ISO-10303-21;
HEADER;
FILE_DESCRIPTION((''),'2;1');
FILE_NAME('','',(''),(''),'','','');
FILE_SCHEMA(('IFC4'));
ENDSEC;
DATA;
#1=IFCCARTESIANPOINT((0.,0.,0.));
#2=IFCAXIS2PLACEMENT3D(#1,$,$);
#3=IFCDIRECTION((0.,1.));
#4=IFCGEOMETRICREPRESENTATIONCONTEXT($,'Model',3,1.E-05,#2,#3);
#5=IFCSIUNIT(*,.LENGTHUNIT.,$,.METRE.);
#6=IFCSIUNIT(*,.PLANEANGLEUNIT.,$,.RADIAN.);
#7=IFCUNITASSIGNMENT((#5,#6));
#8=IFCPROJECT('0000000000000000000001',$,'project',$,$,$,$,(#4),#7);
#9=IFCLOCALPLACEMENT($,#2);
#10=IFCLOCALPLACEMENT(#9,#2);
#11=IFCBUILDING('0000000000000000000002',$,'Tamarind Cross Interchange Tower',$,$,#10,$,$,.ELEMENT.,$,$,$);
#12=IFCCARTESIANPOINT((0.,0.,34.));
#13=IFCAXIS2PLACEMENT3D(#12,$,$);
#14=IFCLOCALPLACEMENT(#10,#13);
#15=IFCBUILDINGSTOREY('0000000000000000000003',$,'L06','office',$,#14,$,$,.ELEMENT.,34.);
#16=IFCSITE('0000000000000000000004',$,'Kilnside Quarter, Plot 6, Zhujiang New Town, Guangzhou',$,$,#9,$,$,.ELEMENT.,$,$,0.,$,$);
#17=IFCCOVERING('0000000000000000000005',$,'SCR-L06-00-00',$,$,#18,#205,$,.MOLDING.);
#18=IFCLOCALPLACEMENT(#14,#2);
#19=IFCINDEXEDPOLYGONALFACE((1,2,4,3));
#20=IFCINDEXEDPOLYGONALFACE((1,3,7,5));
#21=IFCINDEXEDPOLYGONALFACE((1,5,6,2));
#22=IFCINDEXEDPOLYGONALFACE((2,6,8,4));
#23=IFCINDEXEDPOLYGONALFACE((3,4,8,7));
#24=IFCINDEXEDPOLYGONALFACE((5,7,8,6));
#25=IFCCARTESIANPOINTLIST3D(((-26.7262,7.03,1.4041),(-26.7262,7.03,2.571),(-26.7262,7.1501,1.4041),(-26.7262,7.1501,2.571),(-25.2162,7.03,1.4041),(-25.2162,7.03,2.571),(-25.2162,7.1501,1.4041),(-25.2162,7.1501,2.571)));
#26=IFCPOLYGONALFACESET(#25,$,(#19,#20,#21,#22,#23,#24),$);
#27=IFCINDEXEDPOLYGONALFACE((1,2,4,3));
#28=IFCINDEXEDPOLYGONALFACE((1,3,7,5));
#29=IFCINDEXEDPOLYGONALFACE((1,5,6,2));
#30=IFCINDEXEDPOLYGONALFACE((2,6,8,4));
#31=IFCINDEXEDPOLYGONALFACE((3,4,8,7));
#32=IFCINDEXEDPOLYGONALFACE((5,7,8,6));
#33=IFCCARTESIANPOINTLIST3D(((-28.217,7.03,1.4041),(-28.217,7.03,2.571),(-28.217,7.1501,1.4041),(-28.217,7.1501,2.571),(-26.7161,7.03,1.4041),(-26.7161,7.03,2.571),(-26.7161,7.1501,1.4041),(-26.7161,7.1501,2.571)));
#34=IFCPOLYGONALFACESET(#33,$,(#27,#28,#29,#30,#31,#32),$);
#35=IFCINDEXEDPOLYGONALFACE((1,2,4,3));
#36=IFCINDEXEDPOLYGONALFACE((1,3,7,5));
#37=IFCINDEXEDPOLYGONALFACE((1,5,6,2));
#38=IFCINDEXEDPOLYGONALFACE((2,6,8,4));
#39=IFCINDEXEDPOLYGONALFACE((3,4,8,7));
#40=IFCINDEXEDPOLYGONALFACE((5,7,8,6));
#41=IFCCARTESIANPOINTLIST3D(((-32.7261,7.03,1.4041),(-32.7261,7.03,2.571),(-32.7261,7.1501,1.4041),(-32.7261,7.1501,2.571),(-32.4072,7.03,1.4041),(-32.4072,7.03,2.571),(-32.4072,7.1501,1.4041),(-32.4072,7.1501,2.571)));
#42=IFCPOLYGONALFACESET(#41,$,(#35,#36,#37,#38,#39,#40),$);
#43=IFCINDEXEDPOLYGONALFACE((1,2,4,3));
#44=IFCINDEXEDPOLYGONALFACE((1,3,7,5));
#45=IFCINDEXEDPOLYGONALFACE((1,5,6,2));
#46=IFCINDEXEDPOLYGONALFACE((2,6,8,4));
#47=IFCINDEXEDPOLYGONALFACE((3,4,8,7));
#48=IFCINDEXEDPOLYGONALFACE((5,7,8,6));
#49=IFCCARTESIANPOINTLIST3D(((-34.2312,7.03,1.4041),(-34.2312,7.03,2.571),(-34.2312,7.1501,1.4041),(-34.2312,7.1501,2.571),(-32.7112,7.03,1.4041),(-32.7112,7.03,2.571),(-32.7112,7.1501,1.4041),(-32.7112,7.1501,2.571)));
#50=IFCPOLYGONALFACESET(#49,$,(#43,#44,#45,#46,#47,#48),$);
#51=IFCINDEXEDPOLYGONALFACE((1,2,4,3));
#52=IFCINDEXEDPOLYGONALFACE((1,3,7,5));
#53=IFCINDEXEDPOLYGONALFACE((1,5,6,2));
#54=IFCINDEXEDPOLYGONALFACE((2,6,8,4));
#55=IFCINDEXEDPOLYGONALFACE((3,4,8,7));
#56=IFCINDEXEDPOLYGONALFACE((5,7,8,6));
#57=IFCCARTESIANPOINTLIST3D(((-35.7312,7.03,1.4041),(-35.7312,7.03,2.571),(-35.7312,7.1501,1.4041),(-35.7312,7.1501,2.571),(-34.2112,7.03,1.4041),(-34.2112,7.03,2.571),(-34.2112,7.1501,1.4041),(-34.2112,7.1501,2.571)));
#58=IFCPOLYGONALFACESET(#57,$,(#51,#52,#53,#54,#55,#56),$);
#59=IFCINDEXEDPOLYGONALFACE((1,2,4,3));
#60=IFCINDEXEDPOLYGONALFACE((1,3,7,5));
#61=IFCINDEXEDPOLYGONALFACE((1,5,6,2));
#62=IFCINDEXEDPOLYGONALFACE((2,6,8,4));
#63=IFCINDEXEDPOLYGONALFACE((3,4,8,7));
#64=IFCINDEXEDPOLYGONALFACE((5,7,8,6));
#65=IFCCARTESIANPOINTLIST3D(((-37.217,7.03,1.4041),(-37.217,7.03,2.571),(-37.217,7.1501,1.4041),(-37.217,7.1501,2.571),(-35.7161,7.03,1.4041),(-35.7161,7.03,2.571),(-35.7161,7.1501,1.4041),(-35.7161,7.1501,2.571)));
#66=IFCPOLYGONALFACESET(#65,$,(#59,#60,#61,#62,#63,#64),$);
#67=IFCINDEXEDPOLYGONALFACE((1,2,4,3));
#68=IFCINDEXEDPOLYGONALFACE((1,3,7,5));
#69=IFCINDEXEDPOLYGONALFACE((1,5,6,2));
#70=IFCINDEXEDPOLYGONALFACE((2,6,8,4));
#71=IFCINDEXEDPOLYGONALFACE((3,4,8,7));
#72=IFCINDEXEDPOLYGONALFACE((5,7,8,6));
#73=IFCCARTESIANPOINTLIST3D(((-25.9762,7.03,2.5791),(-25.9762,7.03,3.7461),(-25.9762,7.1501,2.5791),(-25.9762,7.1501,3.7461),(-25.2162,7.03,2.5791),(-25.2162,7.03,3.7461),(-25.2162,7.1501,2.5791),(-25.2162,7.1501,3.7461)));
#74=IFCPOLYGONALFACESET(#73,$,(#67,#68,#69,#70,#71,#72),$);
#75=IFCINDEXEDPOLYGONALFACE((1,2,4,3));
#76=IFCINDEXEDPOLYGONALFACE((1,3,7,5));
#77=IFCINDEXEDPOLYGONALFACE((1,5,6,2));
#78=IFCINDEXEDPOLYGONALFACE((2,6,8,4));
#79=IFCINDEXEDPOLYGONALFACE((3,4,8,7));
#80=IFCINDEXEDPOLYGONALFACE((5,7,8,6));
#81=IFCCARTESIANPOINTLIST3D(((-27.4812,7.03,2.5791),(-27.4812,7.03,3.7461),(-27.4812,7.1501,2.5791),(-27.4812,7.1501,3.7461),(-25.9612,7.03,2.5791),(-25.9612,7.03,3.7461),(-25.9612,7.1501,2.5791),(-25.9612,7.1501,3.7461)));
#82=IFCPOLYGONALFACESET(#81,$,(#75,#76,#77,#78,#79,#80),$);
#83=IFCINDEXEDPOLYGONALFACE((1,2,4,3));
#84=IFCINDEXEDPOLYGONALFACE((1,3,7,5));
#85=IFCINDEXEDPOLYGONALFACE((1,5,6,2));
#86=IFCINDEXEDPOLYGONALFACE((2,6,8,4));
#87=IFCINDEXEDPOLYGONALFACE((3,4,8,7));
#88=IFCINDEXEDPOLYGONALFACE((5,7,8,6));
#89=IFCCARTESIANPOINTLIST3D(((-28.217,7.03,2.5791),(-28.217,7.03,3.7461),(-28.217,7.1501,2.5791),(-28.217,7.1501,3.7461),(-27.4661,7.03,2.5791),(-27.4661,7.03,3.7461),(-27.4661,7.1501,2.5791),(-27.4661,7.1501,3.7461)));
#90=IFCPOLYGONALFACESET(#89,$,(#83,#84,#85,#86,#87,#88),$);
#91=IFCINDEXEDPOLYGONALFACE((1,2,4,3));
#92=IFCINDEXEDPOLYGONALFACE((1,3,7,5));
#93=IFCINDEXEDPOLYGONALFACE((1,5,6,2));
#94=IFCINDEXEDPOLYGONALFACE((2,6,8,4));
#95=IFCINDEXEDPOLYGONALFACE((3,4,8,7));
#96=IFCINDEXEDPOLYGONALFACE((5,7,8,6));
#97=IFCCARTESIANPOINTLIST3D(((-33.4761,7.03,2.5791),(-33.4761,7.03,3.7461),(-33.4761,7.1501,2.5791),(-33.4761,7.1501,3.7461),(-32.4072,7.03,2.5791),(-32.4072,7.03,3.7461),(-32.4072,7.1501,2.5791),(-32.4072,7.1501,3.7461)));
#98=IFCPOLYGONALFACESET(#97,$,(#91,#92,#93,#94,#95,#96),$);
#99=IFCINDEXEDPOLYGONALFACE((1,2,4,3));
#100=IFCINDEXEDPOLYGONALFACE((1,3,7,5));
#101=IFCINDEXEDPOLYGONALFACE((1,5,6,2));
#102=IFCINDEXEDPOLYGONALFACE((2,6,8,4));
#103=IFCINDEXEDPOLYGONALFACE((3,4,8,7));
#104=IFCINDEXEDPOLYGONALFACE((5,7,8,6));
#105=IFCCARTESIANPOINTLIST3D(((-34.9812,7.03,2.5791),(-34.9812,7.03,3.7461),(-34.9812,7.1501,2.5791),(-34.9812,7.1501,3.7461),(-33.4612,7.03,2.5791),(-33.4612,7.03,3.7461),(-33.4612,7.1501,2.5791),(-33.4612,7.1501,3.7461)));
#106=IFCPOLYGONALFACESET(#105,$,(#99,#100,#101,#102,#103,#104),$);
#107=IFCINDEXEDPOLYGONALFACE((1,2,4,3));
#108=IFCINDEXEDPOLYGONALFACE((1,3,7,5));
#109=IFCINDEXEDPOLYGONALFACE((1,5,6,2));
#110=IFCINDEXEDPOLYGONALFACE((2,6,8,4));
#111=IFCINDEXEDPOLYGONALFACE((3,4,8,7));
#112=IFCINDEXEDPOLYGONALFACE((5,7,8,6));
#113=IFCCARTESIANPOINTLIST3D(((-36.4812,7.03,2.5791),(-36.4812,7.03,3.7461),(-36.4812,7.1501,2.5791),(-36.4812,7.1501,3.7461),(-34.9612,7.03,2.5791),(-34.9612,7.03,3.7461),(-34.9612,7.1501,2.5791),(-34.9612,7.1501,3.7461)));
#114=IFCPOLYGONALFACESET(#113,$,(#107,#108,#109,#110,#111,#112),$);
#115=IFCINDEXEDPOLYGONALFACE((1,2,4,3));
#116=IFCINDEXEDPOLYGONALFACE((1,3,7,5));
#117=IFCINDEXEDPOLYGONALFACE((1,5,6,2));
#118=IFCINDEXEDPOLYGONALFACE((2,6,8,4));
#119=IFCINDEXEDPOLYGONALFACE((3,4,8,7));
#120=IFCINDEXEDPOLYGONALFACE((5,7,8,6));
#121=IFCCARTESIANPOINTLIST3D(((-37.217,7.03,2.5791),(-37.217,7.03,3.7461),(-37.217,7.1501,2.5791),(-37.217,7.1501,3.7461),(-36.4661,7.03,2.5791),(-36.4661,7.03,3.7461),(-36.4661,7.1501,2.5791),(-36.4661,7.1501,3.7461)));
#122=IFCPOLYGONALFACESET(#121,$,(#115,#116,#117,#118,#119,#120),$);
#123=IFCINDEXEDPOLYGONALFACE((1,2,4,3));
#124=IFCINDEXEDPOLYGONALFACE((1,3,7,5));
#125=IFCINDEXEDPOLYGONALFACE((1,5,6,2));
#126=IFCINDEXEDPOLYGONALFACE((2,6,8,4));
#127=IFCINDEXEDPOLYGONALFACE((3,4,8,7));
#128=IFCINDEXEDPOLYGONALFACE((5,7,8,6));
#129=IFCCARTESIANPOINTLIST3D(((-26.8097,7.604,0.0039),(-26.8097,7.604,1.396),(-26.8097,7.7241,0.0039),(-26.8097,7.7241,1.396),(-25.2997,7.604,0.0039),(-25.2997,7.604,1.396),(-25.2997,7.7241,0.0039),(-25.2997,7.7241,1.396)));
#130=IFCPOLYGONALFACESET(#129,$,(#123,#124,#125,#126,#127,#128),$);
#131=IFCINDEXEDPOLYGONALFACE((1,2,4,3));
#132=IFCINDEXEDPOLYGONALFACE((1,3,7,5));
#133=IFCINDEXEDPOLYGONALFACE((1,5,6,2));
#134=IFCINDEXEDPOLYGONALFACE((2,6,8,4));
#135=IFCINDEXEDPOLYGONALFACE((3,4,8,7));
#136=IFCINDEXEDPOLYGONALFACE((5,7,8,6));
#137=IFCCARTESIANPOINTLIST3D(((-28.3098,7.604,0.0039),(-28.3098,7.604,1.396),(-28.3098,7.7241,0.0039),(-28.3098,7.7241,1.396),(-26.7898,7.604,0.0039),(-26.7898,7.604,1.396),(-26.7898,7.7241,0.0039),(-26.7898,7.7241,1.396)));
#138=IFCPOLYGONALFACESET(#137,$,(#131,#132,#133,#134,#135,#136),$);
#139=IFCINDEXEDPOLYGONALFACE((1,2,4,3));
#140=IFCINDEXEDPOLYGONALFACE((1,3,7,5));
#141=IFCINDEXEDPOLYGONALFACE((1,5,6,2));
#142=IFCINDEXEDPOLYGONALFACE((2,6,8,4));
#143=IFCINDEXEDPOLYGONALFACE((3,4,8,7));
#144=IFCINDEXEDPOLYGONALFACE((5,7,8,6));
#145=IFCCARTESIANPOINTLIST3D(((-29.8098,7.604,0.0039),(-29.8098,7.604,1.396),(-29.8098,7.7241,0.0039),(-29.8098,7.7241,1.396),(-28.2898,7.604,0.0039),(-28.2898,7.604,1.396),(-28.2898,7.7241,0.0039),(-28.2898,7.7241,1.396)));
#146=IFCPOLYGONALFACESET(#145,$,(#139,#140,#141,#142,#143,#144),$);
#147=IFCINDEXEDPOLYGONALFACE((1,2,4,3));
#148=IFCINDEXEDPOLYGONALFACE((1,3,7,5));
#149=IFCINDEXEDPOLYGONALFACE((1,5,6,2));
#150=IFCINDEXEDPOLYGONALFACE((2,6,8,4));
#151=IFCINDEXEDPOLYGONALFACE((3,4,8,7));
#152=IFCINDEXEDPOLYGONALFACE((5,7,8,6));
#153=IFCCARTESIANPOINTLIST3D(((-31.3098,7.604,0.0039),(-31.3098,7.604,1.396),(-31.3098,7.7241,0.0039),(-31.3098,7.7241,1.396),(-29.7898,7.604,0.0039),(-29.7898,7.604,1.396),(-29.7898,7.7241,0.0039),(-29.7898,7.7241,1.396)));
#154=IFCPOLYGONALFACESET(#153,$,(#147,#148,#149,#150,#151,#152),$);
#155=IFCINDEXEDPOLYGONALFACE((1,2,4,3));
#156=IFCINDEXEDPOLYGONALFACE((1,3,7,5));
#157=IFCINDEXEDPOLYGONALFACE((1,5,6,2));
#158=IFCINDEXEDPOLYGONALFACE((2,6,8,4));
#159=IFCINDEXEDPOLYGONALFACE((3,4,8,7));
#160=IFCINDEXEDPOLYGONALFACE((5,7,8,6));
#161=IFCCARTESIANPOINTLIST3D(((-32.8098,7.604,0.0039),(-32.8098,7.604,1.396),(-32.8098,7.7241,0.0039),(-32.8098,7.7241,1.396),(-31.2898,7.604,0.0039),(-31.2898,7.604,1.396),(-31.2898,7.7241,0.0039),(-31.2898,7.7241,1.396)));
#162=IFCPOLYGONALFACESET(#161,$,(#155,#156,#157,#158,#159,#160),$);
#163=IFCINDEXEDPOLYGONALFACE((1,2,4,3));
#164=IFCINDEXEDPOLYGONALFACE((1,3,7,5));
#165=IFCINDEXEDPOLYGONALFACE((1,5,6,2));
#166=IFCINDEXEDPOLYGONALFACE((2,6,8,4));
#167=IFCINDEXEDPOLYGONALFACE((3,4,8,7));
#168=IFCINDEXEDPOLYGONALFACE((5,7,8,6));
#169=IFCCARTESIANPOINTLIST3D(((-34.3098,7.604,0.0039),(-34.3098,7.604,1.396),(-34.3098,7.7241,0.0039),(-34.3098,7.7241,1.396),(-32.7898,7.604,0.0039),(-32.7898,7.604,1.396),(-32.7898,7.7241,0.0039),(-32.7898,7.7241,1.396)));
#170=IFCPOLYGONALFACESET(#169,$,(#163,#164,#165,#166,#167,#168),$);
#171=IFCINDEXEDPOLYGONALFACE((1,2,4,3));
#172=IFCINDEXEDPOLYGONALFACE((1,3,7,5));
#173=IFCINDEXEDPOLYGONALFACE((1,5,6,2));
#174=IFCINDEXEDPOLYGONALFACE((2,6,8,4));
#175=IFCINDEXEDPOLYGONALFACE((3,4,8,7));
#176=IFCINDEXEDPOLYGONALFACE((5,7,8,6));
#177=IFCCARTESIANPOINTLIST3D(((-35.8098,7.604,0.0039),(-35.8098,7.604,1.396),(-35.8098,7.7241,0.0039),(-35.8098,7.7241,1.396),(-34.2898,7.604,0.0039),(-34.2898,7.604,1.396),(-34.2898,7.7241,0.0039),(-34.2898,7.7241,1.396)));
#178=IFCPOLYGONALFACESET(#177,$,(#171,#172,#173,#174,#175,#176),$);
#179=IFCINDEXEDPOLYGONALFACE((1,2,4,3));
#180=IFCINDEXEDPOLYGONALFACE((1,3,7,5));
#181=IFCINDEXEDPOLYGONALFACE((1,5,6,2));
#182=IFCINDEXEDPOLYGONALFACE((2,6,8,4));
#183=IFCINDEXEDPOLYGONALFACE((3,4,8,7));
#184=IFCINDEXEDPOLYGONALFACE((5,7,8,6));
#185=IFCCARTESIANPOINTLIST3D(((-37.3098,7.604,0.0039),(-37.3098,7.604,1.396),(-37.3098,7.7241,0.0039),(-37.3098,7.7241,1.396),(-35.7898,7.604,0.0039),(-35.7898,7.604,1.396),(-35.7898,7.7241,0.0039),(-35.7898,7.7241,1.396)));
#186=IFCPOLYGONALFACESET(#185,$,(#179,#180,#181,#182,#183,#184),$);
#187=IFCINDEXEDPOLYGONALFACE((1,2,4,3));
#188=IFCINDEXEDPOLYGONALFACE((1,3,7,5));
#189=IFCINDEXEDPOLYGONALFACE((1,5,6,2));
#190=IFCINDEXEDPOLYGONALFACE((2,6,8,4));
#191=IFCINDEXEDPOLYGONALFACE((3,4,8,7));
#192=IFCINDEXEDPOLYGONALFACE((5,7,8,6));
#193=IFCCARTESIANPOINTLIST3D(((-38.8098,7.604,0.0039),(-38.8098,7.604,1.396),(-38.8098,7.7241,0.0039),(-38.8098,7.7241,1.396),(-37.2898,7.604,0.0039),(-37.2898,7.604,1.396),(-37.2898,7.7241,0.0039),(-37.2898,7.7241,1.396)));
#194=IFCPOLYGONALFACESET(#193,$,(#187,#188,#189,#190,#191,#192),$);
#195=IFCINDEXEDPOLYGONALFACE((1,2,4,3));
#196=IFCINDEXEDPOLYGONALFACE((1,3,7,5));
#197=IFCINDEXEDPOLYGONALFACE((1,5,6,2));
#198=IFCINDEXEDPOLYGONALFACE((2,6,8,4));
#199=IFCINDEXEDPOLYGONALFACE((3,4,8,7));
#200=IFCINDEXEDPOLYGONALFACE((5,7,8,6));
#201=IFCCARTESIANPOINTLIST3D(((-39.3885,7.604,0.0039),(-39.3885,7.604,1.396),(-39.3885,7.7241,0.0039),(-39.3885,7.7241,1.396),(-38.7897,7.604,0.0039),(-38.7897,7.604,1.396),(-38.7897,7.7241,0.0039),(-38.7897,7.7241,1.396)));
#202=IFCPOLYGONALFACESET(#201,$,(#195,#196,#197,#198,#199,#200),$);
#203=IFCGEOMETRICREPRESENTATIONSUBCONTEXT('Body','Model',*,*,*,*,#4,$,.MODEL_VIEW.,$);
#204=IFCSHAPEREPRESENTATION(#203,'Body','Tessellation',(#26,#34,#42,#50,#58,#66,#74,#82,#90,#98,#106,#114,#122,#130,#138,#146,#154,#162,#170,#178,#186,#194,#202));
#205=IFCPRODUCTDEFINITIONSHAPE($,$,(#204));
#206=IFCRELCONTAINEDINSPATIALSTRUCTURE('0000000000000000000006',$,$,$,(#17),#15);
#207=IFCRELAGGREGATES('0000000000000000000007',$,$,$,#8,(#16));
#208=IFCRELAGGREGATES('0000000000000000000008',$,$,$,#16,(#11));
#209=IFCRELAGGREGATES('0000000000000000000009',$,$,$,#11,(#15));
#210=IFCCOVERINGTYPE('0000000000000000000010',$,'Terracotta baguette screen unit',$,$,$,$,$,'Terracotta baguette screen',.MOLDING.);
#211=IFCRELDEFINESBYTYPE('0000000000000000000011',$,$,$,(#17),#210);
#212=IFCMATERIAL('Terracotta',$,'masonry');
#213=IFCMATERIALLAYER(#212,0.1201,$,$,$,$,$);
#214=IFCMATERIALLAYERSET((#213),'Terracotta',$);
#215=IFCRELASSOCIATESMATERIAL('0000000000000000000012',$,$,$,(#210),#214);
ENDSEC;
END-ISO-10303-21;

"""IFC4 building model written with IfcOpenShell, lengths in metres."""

from ifc_helpers import new_model, si_unit, direction, frame, origin, origin_2d, place, context, subcontext, project, spatial, rectangle, extrude, material, layer, layer_set, type_object, element, save


model = new_model("IFC4")

# Units and contexts
model_context = context("Model", 3, precision=1e-05, world=origin(), true_north=direction((0.0, 1.0)))
body_context = subcontext(model_context, "Body", "Model", "MODEL_VIEW")
ifc_project = project(units=[si_unit("LENGTHUNIT", "METRE"), si_unit("PLANEANGLEUNIT", "RADIAN")], contexts=[model_context])

# Site, building, storey
site_placement = place(None, origin())
site = spatial("IfcSite", under=ifc_project, at=site_placement, Name="Kilnside Quarter, Plot 6, Zhujiang New Town, Guangzhou", CompositionType="ELEMENT", RefElevation=0.0)
building_placement = place(site_placement, origin())
building = spatial("IfcBuilding", under=site, at=building_placement, Name="Tamarind Cross Interchange Tower", CompositionType="ELEMENT")
storey_placement = place(building_placement, frame((0.0, 0.0, 34.0)))
storey = spatial("IfcBuildingStorey", under=building, at=storey_placement, Name="L06", Description="office", CompositionType="ELEMENT", Elevation=34.0)

# Covering
ifc_material_1 = material(Name="Terracotta", Category="masonry")
ifc_layer_1 = layer(ifc_material_1, 0.1201)
ifc_layer_set_1 = layer_set([ifc_layer_1], Name="Terracotta")
covering_type = type_object("IfcCoveringType", Name="Terracotta baguette screen unit", ElementType="Terracotta baguette screen", PredefinedType="MOLDING", material=ifc_layer_set_1)
covering_1_placement = place(storey_placement, origin())
element("IfcCovering", 1, at=covering_1_placement, inside=storey, type_object=covering_type, Name="SCR-L06-00-00", PredefinedType="MOLDING", context=body_context, shape_type="SweptSolid", body=[
    extrude(rectangle(XDim=1.51, YDim=0.1201, at=origin_2d()), frame((-25.9712, 7.0901, 1.4041), z_axis=(0.0, 0.0, 1.0), x_axis=(-1.0, 0.0, 0.0)), (0.0, 0.0, 1.0), 1.167),
    extrude(rectangle(XDim=1.501, YDim=0.1201, at=origin_2d()), frame((-27.4666, 7.0901, 1.4041), z_axis=(0.0, 0.0, 1.0), x_axis=(-1.0, 0.0, 0.0)), (0.0, 0.0, 1.0), 1.167),
    extrude(rectangle(XDim=0.3188, YDim=0.1201, at=origin_2d()), frame((-32.5667, 7.0901, 1.4041), z_axis=(0.0, 0.0, 1.0), x_axis=(-1.0, 0.0, 0.0)), (0.0, 0.0, 1.0), 1.167),
    extrude(rectangle(XDim=1.52, YDim=0.1201, at=origin_2d()), frame((-33.4712, 7.0901, 1.4041), z_axis=(0.0, 0.0, 1.0), x_axis=(-1.0, 0.0, 0.0)), (0.0, 0.0, 1.0), 1.167),
    extrude(rectangle(XDim=1.52, YDim=0.1201, at=origin_2d()), frame((-34.9712, 7.0901, 1.4041), z_axis=(0.0, 0.0, 1.0), x_axis=(-1.0, 0.0, 0.0)), (0.0, 0.0, 1.0), 1.167),
    extrude(rectangle(XDim=1.501, YDim=0.1201, at=origin_2d()), frame((-36.4666, 7.0901, 1.4041), z_axis=(0.0, 0.0, 1.0), x_axis=(-1.0, 0.0, 0.0)), (0.0, 0.0, 1.0), 1.167),
    extrude(rectangle(XDim=0.76, YDim=0.1201, at=origin_2d()), frame((-25.5962, 7.0901, 2.5791), z_axis=(0.0, 0.0, 1.0), x_axis=(-1.0, 0.0, 0.0)), (0.0, 0.0, 1.0), 1.167),
    extrude(rectangle(XDim=1.52, YDim=0.1201, at=origin_2d()), frame((-26.7212, 7.0901, 2.5791), z_axis=(0.0, 0.0, 1.0), x_axis=(-1.0, 0.0, 0.0)), (0.0, 0.0, 1.0), 1.167),
    extrude(rectangle(XDim=0.751, YDim=0.1201, at=origin_2d()), frame((-27.8416, 7.0901, 2.5791), z_axis=(0.0, 0.0, 1.0), x_axis=(-1.0, 0.0, 0.0)), (0.0, 0.0, 1.0), 1.167),
    extrude(rectangle(XDim=1.0688, YDim=0.1201, at=origin_2d()), frame((-32.9417, 7.0901, 2.5791), z_axis=(0.0, 0.0, 1.0), x_axis=(-1.0, 0.0, 0.0)), (0.0, 0.0, 1.0), 1.167),
    extrude(rectangle(XDim=1.52, YDim=0.1201, at=origin_2d()), frame((-34.2212, 7.0901, 2.5791), z_axis=(0.0, 0.0, 1.0), x_axis=(-1.0, 0.0, 0.0)), (0.0, 0.0, 1.0), 1.167),
    extrude(rectangle(XDim=1.52, YDim=0.1201, at=origin_2d()), frame((-35.7212, 7.0901, 2.5791), z_axis=(0.0, 0.0, 1.0), x_axis=(-1.0, 0.0, 0.0)), (0.0, 0.0, 1.0), 1.167),
    extrude(rectangle(XDim=0.751, YDim=0.1201, at=origin_2d()), frame((-36.8416, 7.0901, 2.5791), z_axis=(0.0, 0.0, 1.0), x_axis=(-1.0, 0.0, 0.0)), (0.0, 0.0, 1.0), 1.167),
    extrude(rectangle(XDim=1.51, YDim=0.1201, at=origin_2d()), frame((-26.0547, 7.6641, 0.0039), z_axis=(0.0, 0.0, 1.0), x_axis=(-1.0, 0.0, 0.0)), (0.0, 0.0, 1.0), 1.3921),
    extrude(rectangle(XDim=1.52, YDim=0.1201, at=origin_2d()), frame((-27.5498, 7.6641, 0.0039), z_axis=(0.0, 0.0, 1.0), x_axis=(-1.0, 0.0, 0.0)), (0.0, 0.0, 1.0), 1.3921),
    extrude(rectangle(XDim=1.52, YDim=0.1201, at=origin_2d()), frame((-29.0498, 7.6641, 0.0039), z_axis=(0.0, 0.0, 1.0), x_axis=(-1.0, 0.0, 0.0)), (0.0, 0.0, 1.0), 1.3921),
    extrude(rectangle(XDim=1.52, YDim=0.1201, at=origin_2d()), frame((-30.5498, 7.6641, 0.0039), z_axis=(0.0, 0.0, 1.0), x_axis=(-1.0, 0.0, 0.0)), (0.0, 0.0, 1.0), 1.3921),
    extrude(rectangle(XDim=1.52, YDim=0.1201, at=origin_2d()), frame((-32.0498, 7.6641, 0.0039), z_axis=(0.0, 0.0, 1.0), x_axis=(-1.0, 0.0, 0.0)), (0.0, 0.0, 1.0), 1.3921),
    extrude(rectangle(XDim=1.52, YDim=0.1201, at=origin_2d()), frame((-33.5498, 7.6641, 0.0039), z_axis=(0.0, 0.0, 1.0), x_axis=(-1.0, 0.0, 0.0)), (0.0, 0.0, 1.0), 1.3921),
    extrude(rectangle(XDim=1.52, YDim=0.1201, at=origin_2d()), frame((-35.0498, 7.6641, 0.0039), z_axis=(0.0, 0.0, 1.0), x_axis=(-1.0, 0.0, 0.0)), (0.0, 0.0, 1.0), 1.3921),
    extrude(rectangle(XDim=1.52, YDim=0.1201, at=origin_2d()), frame((-36.5498, 7.6641, 0.0039), z_axis=(0.0, 0.0, 1.0), x_axis=(-1.0, 0.0, 0.0)), (0.0, 0.0, 1.0), 1.3921),
    extrude(rectangle(XDim=1.52, YDim=0.1201, at=origin_2d()), frame((-38.0498, 7.6641, 0.0039), z_axis=(0.0, 0.0, 1.0), x_axis=(-1.0, 0.0, 0.0)), (0.0, 0.0, 1.0), 1.3921),
    extrude(rectangle(XDim=0.5989, YDim=0.1201, at=origin_2d()), frame((-39.0891, 7.6641, 0.0039), z_axis=(0.0, 0.0, 1.0), x_axis=(-1.0, 0.0, 0.0)), (0.0, 0.0, 1.0), 1.3921),
])

save(model, "model.ifc")
